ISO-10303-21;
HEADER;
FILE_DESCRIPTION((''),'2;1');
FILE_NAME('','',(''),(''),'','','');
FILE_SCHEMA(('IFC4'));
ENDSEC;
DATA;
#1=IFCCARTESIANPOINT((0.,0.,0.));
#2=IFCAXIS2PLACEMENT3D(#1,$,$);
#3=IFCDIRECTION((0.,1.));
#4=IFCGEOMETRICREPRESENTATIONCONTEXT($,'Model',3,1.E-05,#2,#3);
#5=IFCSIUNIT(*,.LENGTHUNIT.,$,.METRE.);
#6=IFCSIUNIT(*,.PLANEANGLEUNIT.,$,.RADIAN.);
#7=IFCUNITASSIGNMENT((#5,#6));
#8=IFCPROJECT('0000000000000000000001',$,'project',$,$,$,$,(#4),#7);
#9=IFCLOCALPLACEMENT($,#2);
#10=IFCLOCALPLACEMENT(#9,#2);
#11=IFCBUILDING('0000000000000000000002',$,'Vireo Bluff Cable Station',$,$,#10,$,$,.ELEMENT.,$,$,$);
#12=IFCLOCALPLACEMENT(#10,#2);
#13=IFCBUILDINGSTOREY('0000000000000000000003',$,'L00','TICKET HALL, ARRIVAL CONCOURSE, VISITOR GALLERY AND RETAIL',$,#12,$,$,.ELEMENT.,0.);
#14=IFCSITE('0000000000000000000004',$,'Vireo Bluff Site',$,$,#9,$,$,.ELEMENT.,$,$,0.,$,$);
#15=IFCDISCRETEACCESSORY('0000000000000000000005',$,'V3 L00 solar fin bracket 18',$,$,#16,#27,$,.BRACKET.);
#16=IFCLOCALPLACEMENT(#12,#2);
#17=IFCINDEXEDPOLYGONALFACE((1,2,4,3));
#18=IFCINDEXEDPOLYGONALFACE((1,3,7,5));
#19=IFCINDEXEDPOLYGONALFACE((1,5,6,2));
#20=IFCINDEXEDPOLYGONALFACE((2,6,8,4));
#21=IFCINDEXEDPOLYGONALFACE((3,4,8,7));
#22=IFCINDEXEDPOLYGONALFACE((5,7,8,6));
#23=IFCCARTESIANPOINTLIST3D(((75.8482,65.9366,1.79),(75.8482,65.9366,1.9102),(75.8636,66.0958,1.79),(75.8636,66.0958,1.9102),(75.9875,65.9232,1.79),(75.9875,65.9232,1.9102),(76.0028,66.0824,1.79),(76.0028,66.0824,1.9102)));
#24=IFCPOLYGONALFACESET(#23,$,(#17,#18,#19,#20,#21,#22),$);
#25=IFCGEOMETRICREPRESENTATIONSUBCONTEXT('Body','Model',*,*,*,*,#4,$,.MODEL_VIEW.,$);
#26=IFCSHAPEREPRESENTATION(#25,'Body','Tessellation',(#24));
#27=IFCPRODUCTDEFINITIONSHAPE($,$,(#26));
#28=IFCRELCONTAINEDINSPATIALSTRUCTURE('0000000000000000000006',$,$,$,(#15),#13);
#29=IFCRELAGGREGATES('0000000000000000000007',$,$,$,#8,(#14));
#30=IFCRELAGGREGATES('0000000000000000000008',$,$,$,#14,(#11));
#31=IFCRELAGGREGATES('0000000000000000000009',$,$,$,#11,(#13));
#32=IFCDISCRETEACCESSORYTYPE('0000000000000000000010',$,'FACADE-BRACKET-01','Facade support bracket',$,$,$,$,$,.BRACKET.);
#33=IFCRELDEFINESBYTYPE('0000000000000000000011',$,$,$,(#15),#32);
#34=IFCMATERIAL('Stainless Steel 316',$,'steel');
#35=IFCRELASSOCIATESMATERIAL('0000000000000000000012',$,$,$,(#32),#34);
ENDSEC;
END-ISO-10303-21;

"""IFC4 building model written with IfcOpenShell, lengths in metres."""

from ifc_helpers import new_model, si_unit, direction, frame, origin, origin_2d, place, context, subcontext, project, spatial, rectangle, extrude, material, type_object, element, save


model = new_model("IFC4")

# Units and contexts
model_context = context("Model", 3, precision=1e-05, world=origin(), true_north=direction((0.0, 1.0)))
body_context = subcontext(model_context, "Body", "Model", "MODEL_VIEW")
ifc_project = project(units=[si_unit("LENGTHUNIT", "METRE"), si_unit("PLANEANGLEUNIT", "RADIAN")], contexts=[model_context])

# Site, building, storey
site_placement = place(None, origin())
site = spatial("IfcSite", under=ifc_project, at=site_placement, Name="Vireo Bluff Site", CompositionType="ELEMENT", RefElevation=0.0)
building_placement = place(site_placement, origin())
building = spatial("IfcBuilding", under=site, at=building_placement, Name="Vireo Bluff Cable Station", CompositionType="ELEMENT")
storey_placement = place(building_placement, origin())
storey = spatial("IfcBuildingStorey", under=building, at=storey_placement, Name="L00", Description="TICKET HALL, ARRIVAL CONCOURSE, VISITOR GALLERY AND RETAIL", CompositionType="ELEMENT", Elevation=0.0)

# Shared definitions
ifc_material_1 = material(Name="Stainless Steel 316", Category="steel")

# Discrete accessory
discrete_accessory_type = type_object("IfcDiscreteAccessoryType", Name="FACADE-BRACKET-01", Description="Facade support bracket", PredefinedType="BRACKET", material=ifc_material_1)
discrete_accessory_placement = place(storey_placement, frame((75.9255, 66.0095, 1.79), z_axis=(0.0, 0.0, 1.0), x_axis=(-0.995396, 0.095846, 0.0)))
element("IfcDiscreteAccessory", 1, at=discrete_accessory_placement, inside=storey, type_object=discrete_accessory_type, Name="V3 L00 solar fin bracket 18", PredefinedType="BRACKET", context=body_context, shape_type="SweptSolid", body=[
    extrude(rectangle(XDim=0.1399, YDim=0.1599, at=origin_2d()), origin(), (0.0, 0.0, 1.0), 0.1201),
])

save(model, "model.ifc")
